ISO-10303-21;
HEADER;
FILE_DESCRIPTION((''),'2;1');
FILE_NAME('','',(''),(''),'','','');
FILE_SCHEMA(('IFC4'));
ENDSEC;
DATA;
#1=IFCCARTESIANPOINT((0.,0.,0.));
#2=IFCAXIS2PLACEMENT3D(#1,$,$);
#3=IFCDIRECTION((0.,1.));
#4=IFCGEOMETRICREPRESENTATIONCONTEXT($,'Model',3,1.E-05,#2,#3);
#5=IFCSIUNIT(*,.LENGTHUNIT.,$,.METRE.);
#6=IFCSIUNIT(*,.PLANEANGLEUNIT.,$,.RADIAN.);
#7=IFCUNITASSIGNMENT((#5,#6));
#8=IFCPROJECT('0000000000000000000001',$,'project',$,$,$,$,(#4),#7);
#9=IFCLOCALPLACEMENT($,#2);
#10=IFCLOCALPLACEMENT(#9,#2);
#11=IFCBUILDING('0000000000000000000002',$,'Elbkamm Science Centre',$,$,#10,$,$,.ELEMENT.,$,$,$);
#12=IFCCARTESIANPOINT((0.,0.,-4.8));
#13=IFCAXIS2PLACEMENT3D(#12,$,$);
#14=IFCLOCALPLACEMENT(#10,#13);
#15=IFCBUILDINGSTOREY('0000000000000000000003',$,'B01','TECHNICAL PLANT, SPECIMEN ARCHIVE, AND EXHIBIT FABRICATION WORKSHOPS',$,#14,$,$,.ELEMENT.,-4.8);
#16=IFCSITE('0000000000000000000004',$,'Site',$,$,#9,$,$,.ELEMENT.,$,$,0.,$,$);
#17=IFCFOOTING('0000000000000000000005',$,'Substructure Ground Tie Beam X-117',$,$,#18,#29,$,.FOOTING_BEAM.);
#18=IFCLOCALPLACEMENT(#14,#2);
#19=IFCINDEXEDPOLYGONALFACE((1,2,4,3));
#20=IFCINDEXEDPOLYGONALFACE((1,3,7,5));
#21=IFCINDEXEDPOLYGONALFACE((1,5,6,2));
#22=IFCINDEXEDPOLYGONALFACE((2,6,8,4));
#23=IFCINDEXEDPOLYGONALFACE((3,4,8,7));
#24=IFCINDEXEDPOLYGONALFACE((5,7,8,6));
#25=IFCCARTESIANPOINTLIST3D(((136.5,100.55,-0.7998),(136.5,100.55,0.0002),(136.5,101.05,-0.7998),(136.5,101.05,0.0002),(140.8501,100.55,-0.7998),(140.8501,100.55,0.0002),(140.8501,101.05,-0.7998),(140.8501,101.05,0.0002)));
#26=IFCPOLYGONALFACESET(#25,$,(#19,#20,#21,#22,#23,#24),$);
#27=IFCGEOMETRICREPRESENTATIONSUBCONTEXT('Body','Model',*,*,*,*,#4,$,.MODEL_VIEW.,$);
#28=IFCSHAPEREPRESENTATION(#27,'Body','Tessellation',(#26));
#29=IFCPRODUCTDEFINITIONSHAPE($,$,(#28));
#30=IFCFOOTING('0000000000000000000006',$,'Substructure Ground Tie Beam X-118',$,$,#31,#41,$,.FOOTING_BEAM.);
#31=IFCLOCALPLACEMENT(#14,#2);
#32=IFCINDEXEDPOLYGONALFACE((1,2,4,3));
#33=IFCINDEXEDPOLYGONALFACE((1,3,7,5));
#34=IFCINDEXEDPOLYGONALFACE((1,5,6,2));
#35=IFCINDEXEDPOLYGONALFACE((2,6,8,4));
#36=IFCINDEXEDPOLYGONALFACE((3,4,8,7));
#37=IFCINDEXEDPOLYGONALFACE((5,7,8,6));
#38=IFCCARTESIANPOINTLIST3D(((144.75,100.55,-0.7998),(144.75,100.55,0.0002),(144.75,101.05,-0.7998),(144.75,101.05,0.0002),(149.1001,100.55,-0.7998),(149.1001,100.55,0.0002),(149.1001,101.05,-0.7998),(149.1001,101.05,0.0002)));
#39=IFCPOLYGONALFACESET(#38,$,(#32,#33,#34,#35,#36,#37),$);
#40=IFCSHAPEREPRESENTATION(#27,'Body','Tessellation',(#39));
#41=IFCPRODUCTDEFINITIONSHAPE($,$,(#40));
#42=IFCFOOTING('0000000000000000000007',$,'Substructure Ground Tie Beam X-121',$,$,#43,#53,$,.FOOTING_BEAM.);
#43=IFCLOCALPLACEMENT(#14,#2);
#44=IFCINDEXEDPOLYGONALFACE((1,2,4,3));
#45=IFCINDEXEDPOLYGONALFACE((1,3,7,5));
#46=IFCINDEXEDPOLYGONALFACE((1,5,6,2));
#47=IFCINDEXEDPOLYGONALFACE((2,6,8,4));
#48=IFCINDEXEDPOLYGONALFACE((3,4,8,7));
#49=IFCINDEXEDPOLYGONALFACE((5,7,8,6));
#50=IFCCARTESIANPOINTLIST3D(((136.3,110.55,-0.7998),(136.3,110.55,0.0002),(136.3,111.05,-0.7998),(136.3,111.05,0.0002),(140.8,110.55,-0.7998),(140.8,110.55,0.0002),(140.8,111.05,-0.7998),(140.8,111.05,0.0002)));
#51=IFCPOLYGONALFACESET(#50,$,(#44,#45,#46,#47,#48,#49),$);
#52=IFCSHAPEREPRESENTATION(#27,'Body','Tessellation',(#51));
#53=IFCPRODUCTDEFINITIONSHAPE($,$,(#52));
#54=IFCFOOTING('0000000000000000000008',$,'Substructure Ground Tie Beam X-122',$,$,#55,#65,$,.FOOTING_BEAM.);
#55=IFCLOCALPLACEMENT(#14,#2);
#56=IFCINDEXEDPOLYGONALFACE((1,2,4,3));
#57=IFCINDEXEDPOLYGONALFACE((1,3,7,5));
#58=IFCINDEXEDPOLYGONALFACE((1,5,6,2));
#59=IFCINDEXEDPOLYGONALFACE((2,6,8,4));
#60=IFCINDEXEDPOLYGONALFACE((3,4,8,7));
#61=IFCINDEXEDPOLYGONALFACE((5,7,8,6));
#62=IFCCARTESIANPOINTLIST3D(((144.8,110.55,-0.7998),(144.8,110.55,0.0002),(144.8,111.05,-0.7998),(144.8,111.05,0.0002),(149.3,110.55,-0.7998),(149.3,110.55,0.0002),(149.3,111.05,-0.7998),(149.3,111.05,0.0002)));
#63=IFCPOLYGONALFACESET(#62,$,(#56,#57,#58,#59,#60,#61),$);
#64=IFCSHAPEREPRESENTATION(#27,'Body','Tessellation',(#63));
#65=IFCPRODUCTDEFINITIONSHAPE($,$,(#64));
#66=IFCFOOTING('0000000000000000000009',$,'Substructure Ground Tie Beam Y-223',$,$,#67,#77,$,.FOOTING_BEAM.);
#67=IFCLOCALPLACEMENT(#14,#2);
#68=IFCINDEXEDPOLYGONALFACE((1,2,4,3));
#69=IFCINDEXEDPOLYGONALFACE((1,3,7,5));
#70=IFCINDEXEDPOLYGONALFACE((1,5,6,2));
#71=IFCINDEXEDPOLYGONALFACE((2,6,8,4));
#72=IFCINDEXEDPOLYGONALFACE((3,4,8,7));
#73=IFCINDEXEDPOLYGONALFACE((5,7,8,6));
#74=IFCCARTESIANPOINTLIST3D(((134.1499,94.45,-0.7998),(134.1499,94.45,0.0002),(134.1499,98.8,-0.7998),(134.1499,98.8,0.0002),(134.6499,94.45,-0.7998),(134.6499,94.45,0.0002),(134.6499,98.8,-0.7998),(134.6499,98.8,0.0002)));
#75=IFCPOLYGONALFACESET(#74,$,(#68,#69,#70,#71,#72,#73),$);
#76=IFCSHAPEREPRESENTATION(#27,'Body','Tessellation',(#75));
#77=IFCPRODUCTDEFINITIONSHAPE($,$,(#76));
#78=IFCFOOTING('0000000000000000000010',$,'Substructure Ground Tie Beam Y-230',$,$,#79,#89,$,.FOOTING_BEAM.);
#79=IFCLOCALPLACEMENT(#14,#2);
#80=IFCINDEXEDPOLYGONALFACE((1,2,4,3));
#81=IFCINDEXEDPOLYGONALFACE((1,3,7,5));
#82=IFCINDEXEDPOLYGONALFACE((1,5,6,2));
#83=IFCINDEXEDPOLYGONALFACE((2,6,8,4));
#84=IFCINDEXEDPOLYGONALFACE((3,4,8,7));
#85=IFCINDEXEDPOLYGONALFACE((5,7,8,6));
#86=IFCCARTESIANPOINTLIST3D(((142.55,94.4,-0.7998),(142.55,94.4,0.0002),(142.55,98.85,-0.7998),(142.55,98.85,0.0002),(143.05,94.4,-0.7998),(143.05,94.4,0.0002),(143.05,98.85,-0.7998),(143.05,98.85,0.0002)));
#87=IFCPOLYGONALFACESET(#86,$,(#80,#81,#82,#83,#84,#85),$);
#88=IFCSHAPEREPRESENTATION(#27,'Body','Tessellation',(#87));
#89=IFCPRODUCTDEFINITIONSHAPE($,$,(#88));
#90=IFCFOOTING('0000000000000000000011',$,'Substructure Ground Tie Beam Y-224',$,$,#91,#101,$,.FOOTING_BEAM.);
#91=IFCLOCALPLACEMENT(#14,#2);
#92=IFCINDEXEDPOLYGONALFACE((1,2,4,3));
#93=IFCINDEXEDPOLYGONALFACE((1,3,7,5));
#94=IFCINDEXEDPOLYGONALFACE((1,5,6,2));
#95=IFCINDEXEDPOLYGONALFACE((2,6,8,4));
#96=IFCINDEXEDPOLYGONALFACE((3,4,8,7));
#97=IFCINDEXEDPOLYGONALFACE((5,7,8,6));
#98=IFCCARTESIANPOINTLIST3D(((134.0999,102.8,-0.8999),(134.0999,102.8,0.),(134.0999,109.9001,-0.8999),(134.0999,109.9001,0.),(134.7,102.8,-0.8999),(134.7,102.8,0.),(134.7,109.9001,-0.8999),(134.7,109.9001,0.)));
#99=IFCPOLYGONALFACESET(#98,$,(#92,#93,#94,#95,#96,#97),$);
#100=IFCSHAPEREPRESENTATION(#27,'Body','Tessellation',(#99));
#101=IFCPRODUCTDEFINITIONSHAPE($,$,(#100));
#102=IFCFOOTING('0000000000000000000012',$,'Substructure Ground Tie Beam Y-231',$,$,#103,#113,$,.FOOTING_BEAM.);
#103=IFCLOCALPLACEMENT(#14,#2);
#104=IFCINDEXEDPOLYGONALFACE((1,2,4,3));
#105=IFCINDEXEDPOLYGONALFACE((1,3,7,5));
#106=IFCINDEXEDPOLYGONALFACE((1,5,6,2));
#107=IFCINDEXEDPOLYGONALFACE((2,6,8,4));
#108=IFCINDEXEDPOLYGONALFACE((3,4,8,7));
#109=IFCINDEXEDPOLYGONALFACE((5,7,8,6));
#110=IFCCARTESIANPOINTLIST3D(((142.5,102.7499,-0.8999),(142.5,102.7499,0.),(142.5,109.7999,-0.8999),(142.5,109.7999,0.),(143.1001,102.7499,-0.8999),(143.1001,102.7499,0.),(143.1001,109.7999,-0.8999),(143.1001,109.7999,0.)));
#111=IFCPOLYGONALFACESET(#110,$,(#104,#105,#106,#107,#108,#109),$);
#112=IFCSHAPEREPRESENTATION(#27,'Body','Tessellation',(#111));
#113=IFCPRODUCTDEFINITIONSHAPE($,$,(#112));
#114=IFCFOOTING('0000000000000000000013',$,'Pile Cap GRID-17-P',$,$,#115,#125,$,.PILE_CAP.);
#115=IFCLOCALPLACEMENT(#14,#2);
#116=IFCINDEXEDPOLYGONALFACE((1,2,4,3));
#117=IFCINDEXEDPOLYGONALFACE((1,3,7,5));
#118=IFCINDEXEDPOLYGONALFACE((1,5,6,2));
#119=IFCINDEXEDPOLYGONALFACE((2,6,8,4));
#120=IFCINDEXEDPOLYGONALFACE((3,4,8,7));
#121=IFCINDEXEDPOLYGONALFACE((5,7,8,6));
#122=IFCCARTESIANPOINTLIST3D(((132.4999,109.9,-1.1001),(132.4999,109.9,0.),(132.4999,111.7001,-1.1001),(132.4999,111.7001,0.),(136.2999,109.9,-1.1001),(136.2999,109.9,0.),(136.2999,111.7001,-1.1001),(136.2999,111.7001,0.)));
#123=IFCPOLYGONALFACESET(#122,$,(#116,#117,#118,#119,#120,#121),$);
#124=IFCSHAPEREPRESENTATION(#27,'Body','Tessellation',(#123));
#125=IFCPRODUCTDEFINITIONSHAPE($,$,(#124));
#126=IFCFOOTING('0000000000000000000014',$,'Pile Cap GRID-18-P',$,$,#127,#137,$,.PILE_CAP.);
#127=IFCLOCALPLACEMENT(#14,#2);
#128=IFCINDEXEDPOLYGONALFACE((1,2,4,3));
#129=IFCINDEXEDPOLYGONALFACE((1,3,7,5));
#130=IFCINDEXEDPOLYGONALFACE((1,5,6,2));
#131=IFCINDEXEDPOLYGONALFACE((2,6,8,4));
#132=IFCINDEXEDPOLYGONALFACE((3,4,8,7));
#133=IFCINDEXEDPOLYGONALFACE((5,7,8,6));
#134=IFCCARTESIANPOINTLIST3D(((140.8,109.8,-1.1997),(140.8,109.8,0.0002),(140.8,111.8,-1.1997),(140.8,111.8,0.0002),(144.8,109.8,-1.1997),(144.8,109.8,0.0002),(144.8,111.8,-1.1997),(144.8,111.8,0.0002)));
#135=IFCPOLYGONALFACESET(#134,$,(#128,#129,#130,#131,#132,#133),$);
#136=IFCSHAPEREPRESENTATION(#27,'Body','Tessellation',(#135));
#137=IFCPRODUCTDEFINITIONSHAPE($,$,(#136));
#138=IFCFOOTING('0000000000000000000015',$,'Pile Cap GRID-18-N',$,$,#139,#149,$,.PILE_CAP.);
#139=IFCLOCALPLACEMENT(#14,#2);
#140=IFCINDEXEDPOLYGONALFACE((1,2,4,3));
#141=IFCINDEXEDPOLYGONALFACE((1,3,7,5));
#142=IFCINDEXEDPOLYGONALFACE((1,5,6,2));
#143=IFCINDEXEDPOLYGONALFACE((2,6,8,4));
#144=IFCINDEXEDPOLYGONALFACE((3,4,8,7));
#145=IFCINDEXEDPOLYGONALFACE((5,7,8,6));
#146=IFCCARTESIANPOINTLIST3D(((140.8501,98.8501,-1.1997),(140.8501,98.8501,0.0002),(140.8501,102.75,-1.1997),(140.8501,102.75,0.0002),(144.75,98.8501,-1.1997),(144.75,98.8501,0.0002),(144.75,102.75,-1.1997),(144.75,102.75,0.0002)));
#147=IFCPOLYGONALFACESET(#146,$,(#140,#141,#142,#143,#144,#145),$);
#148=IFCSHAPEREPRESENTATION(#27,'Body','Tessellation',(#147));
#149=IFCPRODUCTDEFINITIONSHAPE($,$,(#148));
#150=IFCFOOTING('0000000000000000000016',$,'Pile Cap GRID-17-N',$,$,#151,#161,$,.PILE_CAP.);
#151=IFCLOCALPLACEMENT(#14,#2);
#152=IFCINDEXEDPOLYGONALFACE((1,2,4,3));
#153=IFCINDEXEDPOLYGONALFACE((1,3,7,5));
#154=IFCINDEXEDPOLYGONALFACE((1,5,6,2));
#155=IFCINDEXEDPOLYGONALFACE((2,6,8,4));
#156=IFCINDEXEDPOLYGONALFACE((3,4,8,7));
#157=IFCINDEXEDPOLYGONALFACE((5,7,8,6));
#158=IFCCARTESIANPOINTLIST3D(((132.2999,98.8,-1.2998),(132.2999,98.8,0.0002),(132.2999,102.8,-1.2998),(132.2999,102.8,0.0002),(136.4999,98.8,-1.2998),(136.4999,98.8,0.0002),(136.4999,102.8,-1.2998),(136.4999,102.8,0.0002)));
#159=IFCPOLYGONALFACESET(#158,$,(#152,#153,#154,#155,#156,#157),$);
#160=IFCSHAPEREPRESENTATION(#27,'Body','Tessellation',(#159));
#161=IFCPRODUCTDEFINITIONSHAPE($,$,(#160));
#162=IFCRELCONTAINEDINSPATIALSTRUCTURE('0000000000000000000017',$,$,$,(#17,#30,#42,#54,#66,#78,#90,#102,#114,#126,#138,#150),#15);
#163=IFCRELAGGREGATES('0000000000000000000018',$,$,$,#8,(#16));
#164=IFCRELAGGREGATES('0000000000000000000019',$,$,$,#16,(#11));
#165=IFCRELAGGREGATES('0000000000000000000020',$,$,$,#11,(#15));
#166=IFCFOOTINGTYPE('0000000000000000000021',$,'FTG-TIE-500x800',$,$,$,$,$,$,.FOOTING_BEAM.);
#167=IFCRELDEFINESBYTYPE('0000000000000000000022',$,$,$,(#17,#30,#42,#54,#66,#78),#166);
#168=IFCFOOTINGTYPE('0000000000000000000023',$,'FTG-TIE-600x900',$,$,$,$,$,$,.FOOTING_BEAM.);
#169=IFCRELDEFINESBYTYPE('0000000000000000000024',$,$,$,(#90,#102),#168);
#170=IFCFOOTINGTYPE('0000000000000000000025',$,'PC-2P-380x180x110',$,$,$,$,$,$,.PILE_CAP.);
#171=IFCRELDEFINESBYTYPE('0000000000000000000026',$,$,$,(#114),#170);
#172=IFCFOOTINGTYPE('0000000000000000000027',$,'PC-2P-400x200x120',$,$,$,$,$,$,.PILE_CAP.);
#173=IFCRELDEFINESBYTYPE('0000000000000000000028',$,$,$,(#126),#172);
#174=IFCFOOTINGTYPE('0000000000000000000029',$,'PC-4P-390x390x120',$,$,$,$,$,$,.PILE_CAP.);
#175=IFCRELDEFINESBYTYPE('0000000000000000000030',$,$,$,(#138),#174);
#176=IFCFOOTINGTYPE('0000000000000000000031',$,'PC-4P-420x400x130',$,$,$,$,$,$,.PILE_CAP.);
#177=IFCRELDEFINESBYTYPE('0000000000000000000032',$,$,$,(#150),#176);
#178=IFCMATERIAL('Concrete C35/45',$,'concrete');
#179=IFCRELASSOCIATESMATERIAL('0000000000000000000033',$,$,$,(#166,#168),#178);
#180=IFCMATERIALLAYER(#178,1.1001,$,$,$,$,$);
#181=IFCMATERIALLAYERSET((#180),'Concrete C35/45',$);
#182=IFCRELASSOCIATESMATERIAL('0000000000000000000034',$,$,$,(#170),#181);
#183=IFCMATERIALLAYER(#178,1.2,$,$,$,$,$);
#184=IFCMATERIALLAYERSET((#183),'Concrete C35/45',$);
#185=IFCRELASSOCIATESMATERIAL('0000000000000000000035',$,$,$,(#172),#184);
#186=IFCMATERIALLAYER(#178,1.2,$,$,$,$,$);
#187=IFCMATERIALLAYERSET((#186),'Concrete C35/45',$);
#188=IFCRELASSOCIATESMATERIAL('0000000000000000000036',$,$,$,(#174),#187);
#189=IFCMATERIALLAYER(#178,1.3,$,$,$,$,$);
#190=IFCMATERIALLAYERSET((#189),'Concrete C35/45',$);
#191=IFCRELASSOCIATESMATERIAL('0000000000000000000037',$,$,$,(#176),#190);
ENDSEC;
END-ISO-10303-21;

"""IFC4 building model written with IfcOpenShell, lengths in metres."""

from ifc_helpers import new_model, si_unit, direction, frame, origin, origin_2d, place, context, subcontext, project, spatial, rectangle, extrude, material, layer, layer_set, type_object, element, save


model = new_model("IFC4")

# Units and contexts
model_context = context("Model", 3, precision=1e-05, world=origin(), true_north=direction((0.0, 1.0)))
body_context = subcontext(model_context, "Body", "Model", "MODEL_VIEW")
ifc_project = project(units=[si_unit("LENGTHUNIT", "METRE"), si_unit("PLANEANGLEUNIT", "RADIAN")], contexts=[model_context])

# Site, building, storey
site_placement = place(None, origin())
site = spatial("IfcSite", under=ifc_project, at=site_placement, Name="Site", CompositionType="ELEMENT", RefElevation=0.0)
building_placement = place(site_placement, origin())
building = spatial("IfcBuilding", under=site, at=building_placement, Name="Elbkamm Science Centre", CompositionType="ELEMENT")
storey_placement = place(building_placement, frame((0.0, 0.0, -4.8)))
storey = spatial("IfcBuildingStorey", under=building, at=storey_placement, Name="B01", Description="TECHNICAL PLANT, SPECIMEN ARCHIVE, AND EXHIBIT FABRICATION WORKSHOPS", CompositionType="ELEMENT", Elevation=-4.8)

# Footings
ifc_material_1 = material(Name="Concrete C35/45", Category="concrete")
footing_type_1 = type_object("IfcFootingType", Name="FTG-TIE-500x800", PredefinedType="FOOTING_BEAM", material=ifc_material_1)
for number, where, z_axis, x_axis, name in (
    (1, (138.675, 100.8, -0.7998), (0.0, 0.0, 1.0), (1.0, 0.0, 0.0), "Substructure Ground Tie Beam X-117"),
    (2, (146.925, 100.8, -0.7998), (0.0, 0.0, 1.0), (1.0, 0.0, 0.0), "Substructure Ground Tie Beam X-118"),
):
    element("IfcFooting", number, at=place(storey_placement, frame(where, z_axis=z_axis, x_axis=x_axis)), inside=storey, type_object=footing_type_1, Name=name, PredefinedType="FOOTING_BEAM", context=body_context, shape_type="SweptSolid", body=[
        extrude(rectangle(XDim=4.3501, YDim=0.5, at=origin_2d()), origin(), (0.0, 0.0, 1.0), 0.8),
    ])
for number, where, z_axis, x_axis, name in (
    (3, (138.55, 110.8, -0.7998), (0.0, 0.0, 1.0), (1.0, 0.0, 0.0), "Substructure Ground Tie Beam X-121"),
    (4, (147.05, 110.8, -0.7998), (0.0, 0.0, 1.0), (1.0, 0.0, 0.0), "Substructure Ground Tie Beam X-122"),
):
    element("IfcFooting", number, at=place(storey_placement, frame(where, z_axis=z_axis, x_axis=x_axis)), inside=storey, type_object=footing_type_1, Name=name, PredefinedType="FOOTING_BEAM", context=body_context, shape_type="SweptSolid", body=[
        extrude(rectangle(XDim=4.5, YDim=0.5, at=origin_2d()), origin(), (0.0, 0.0, 1.0), 0.8),
    ])
footing_1_placement = place(storey_placement, frame((134.3999, 96.625, -0.7998), z_axis=(0.0, 0.0, 1.0), x_axis=(1.0, 0.0, 0.0)))
element("IfcFooting", 5, at=footing_1_placement, inside=storey, type_object=footing_type_1, Name="Substructure Ground Tie Beam Y-223", PredefinedType="FOOTING_BEAM", context=body_context, shape_type="SweptSolid", body=[
    extrude(rectangle(XDim=0.5, YDim=4.3501, at=origin_2d()), origin(), (0.0, 0.0, 1.0), 0.8),
])
footing_2_placement = place(storey_placement, frame((142.8, 96.625, -0.7998), z_axis=(0.0, 0.0, 1.0), x_axis=(1.0, 0.0, 0.0)))
element("IfcFooting", 6, at=footing_2_placement, inside=storey, type_object=footing_type_1, Name="Substructure Ground Tie Beam Y-230", PredefinedType="FOOTING_BEAM", context=body_context, shape_type="SweptSolid", body=[
    extrude(rectangle(XDim=0.5, YDim=4.45, at=origin_2d()), origin(), (0.0, 0.0, 1.0), 0.8),
])
footing_type_2 = type_object("IfcFootingType", Name="FTG-TIE-600x900", PredefinedType="FOOTING_BEAM", material=ifc_material_1)
footing_3_placement = place(storey_placement, frame((134.3999, 106.3501, -0.8999), z_axis=(0.0, 0.0, 1.0), x_axis=(1.0, 0.0, 0.0)))
element("IfcFooting", 7, at=footing_3_placement, inside=storey, type_object=footing_type_2, Name="Substructure Ground Tie Beam Y-224", PredefinedType="FOOTING_BEAM", context=body_context, shape_type="SweptSolid", body=[
    extrude(rectangle(XDim=0.6001, YDim=7.1001, at=origin_2d()), origin(), (0.0, 0.0, 1.0), 0.8999),
])
footing_4_placement = place(storey_placement, frame((142.8, 106.2749, -0.8999), z_axis=(0.0, 0.0, 1.0), x_axis=(1.0, 0.0, 0.0)))
element("IfcFooting", 8, at=footing_4_placement, inside=storey, type_object=footing_type_2, Name="Substructure Ground Tie Beam Y-231", PredefinedType="FOOTING_BEAM", context=body_context, shape_type="SweptSolid", body=[
    extrude(rectangle(XDim=0.6001, YDim=7.05, at=origin_2d()), origin(), (0.0, 0.0, 1.0), 0.8999),
])
ifc_layer_1 = layer(ifc_material_1, 1.1001)
ifc_layer_set_1 = layer_set([ifc_layer_1], Name="Concrete C35/45")
footing_type_3 = type_object("IfcFootingType", Name="PC-2P-380x180x110", PredefinedType="PILE_CAP", material=ifc_layer_set_1)
footing_5_placement = place(storey_placement, frame((134.3999, 110.8, -1.1001), z_axis=(0.0, 0.0, 1.0), x_axis=(1.0, 0.0, 0.0)))
element("IfcFooting", 9, at=footing_5_placement, inside=storey, type_object=footing_type_3, Name="Pile Cap GRID-17-P", PredefinedType="PILE_CAP", context=body_context, shape_type="SweptSolid", body=[
    extrude(rectangle(XDim=3.8, YDim=1.8, at=origin_2d()), origin(), (0.0, 0.0, 1.0), 1.1001),
])
ifc_layer_2 = layer(ifc_material_1, 1.2)
ifc_layer_set_2 = layer_set([ifc_layer_2], Name="Concrete C35/45")
footing_type_4 = type_object("IfcFootingType", Name="PC-2P-400x200x120", PredefinedType="PILE_CAP", material=ifc_layer_set_2)
footing_6_placement = place(storey_placement, frame((142.8, 110.8, -1.1997), z_axis=(0.0, 0.0, 1.0), x_axis=(1.0, 0.0, 0.0)))
element("IfcFooting", 10, at=footing_6_placement, inside=storey, type_object=footing_type_4, Name="Pile Cap GRID-18-P", PredefinedType="PILE_CAP", context=body_context, shape_type="SweptSolid", body=[
    extrude(rectangle(XDim=4.0, YDim=2.0, at=origin_2d()), origin(), (0.0, 0.0, 1.0), 1.2),
])
ifc_layer_3 = layer(ifc_material_1, 1.2)
ifc_layer_set_3 = layer_set([ifc_layer_3], Name="Concrete C35/45")
footing_type_5 = type_object("IfcFootingType", Name="PC-4P-390x390x120", PredefinedType="PILE_CAP", material=ifc_layer_set_3)
footing_7_placement = place(storey_placement, frame((142.8, 100.8, -1.1997), z_axis=(0.0, 0.0, 1.0), x_axis=(1.0, 0.0, 0.0)))
element("IfcFooting", 11, at=footing_7_placement, inside=storey, type_object=footing_type_5, Name="Pile Cap GRID-18-N", PredefinedType="PILE_CAP", context=body_context, shape_type="SweptSolid", body=[
    extrude(rectangle(XDim=3.8999, YDim=3.8999, at=origin_2d()), origin(), (0.0, 0.0, 1.0), 1.2),
])
ifc_layer_4 = layer(ifc_material_1, 1.3)
ifc_layer_set_4 = layer_set([ifc_layer_4], Name="Concrete C35/45")
footing_type_6 = type_object("IfcFootingType", Name="PC-4P-420x400x130", PredefinedType="PILE_CAP", material=ifc_layer_set_4)
footing_8_placement = place(storey_placement, frame((134.3999, 100.8, -1.2998), z_axis=(0.0, 0.0, 1.0), x_axis=(1.0, 0.0, 0.0)))
element("IfcFooting", 12, at=footing_8_placement, inside=storey, type_object=footing_type_6, Name="Pile Cap GRID-17-N", PredefinedType="PILE_CAP", context=body_context, shape_type="SweptSolid", body=[
    extrude(rectangle(XDim=4.2, YDim=4.0, at=origin_2d()), origin(), (0.0, 0.0, 1.0), 1.3),
])

save(model, "model.ifc")
